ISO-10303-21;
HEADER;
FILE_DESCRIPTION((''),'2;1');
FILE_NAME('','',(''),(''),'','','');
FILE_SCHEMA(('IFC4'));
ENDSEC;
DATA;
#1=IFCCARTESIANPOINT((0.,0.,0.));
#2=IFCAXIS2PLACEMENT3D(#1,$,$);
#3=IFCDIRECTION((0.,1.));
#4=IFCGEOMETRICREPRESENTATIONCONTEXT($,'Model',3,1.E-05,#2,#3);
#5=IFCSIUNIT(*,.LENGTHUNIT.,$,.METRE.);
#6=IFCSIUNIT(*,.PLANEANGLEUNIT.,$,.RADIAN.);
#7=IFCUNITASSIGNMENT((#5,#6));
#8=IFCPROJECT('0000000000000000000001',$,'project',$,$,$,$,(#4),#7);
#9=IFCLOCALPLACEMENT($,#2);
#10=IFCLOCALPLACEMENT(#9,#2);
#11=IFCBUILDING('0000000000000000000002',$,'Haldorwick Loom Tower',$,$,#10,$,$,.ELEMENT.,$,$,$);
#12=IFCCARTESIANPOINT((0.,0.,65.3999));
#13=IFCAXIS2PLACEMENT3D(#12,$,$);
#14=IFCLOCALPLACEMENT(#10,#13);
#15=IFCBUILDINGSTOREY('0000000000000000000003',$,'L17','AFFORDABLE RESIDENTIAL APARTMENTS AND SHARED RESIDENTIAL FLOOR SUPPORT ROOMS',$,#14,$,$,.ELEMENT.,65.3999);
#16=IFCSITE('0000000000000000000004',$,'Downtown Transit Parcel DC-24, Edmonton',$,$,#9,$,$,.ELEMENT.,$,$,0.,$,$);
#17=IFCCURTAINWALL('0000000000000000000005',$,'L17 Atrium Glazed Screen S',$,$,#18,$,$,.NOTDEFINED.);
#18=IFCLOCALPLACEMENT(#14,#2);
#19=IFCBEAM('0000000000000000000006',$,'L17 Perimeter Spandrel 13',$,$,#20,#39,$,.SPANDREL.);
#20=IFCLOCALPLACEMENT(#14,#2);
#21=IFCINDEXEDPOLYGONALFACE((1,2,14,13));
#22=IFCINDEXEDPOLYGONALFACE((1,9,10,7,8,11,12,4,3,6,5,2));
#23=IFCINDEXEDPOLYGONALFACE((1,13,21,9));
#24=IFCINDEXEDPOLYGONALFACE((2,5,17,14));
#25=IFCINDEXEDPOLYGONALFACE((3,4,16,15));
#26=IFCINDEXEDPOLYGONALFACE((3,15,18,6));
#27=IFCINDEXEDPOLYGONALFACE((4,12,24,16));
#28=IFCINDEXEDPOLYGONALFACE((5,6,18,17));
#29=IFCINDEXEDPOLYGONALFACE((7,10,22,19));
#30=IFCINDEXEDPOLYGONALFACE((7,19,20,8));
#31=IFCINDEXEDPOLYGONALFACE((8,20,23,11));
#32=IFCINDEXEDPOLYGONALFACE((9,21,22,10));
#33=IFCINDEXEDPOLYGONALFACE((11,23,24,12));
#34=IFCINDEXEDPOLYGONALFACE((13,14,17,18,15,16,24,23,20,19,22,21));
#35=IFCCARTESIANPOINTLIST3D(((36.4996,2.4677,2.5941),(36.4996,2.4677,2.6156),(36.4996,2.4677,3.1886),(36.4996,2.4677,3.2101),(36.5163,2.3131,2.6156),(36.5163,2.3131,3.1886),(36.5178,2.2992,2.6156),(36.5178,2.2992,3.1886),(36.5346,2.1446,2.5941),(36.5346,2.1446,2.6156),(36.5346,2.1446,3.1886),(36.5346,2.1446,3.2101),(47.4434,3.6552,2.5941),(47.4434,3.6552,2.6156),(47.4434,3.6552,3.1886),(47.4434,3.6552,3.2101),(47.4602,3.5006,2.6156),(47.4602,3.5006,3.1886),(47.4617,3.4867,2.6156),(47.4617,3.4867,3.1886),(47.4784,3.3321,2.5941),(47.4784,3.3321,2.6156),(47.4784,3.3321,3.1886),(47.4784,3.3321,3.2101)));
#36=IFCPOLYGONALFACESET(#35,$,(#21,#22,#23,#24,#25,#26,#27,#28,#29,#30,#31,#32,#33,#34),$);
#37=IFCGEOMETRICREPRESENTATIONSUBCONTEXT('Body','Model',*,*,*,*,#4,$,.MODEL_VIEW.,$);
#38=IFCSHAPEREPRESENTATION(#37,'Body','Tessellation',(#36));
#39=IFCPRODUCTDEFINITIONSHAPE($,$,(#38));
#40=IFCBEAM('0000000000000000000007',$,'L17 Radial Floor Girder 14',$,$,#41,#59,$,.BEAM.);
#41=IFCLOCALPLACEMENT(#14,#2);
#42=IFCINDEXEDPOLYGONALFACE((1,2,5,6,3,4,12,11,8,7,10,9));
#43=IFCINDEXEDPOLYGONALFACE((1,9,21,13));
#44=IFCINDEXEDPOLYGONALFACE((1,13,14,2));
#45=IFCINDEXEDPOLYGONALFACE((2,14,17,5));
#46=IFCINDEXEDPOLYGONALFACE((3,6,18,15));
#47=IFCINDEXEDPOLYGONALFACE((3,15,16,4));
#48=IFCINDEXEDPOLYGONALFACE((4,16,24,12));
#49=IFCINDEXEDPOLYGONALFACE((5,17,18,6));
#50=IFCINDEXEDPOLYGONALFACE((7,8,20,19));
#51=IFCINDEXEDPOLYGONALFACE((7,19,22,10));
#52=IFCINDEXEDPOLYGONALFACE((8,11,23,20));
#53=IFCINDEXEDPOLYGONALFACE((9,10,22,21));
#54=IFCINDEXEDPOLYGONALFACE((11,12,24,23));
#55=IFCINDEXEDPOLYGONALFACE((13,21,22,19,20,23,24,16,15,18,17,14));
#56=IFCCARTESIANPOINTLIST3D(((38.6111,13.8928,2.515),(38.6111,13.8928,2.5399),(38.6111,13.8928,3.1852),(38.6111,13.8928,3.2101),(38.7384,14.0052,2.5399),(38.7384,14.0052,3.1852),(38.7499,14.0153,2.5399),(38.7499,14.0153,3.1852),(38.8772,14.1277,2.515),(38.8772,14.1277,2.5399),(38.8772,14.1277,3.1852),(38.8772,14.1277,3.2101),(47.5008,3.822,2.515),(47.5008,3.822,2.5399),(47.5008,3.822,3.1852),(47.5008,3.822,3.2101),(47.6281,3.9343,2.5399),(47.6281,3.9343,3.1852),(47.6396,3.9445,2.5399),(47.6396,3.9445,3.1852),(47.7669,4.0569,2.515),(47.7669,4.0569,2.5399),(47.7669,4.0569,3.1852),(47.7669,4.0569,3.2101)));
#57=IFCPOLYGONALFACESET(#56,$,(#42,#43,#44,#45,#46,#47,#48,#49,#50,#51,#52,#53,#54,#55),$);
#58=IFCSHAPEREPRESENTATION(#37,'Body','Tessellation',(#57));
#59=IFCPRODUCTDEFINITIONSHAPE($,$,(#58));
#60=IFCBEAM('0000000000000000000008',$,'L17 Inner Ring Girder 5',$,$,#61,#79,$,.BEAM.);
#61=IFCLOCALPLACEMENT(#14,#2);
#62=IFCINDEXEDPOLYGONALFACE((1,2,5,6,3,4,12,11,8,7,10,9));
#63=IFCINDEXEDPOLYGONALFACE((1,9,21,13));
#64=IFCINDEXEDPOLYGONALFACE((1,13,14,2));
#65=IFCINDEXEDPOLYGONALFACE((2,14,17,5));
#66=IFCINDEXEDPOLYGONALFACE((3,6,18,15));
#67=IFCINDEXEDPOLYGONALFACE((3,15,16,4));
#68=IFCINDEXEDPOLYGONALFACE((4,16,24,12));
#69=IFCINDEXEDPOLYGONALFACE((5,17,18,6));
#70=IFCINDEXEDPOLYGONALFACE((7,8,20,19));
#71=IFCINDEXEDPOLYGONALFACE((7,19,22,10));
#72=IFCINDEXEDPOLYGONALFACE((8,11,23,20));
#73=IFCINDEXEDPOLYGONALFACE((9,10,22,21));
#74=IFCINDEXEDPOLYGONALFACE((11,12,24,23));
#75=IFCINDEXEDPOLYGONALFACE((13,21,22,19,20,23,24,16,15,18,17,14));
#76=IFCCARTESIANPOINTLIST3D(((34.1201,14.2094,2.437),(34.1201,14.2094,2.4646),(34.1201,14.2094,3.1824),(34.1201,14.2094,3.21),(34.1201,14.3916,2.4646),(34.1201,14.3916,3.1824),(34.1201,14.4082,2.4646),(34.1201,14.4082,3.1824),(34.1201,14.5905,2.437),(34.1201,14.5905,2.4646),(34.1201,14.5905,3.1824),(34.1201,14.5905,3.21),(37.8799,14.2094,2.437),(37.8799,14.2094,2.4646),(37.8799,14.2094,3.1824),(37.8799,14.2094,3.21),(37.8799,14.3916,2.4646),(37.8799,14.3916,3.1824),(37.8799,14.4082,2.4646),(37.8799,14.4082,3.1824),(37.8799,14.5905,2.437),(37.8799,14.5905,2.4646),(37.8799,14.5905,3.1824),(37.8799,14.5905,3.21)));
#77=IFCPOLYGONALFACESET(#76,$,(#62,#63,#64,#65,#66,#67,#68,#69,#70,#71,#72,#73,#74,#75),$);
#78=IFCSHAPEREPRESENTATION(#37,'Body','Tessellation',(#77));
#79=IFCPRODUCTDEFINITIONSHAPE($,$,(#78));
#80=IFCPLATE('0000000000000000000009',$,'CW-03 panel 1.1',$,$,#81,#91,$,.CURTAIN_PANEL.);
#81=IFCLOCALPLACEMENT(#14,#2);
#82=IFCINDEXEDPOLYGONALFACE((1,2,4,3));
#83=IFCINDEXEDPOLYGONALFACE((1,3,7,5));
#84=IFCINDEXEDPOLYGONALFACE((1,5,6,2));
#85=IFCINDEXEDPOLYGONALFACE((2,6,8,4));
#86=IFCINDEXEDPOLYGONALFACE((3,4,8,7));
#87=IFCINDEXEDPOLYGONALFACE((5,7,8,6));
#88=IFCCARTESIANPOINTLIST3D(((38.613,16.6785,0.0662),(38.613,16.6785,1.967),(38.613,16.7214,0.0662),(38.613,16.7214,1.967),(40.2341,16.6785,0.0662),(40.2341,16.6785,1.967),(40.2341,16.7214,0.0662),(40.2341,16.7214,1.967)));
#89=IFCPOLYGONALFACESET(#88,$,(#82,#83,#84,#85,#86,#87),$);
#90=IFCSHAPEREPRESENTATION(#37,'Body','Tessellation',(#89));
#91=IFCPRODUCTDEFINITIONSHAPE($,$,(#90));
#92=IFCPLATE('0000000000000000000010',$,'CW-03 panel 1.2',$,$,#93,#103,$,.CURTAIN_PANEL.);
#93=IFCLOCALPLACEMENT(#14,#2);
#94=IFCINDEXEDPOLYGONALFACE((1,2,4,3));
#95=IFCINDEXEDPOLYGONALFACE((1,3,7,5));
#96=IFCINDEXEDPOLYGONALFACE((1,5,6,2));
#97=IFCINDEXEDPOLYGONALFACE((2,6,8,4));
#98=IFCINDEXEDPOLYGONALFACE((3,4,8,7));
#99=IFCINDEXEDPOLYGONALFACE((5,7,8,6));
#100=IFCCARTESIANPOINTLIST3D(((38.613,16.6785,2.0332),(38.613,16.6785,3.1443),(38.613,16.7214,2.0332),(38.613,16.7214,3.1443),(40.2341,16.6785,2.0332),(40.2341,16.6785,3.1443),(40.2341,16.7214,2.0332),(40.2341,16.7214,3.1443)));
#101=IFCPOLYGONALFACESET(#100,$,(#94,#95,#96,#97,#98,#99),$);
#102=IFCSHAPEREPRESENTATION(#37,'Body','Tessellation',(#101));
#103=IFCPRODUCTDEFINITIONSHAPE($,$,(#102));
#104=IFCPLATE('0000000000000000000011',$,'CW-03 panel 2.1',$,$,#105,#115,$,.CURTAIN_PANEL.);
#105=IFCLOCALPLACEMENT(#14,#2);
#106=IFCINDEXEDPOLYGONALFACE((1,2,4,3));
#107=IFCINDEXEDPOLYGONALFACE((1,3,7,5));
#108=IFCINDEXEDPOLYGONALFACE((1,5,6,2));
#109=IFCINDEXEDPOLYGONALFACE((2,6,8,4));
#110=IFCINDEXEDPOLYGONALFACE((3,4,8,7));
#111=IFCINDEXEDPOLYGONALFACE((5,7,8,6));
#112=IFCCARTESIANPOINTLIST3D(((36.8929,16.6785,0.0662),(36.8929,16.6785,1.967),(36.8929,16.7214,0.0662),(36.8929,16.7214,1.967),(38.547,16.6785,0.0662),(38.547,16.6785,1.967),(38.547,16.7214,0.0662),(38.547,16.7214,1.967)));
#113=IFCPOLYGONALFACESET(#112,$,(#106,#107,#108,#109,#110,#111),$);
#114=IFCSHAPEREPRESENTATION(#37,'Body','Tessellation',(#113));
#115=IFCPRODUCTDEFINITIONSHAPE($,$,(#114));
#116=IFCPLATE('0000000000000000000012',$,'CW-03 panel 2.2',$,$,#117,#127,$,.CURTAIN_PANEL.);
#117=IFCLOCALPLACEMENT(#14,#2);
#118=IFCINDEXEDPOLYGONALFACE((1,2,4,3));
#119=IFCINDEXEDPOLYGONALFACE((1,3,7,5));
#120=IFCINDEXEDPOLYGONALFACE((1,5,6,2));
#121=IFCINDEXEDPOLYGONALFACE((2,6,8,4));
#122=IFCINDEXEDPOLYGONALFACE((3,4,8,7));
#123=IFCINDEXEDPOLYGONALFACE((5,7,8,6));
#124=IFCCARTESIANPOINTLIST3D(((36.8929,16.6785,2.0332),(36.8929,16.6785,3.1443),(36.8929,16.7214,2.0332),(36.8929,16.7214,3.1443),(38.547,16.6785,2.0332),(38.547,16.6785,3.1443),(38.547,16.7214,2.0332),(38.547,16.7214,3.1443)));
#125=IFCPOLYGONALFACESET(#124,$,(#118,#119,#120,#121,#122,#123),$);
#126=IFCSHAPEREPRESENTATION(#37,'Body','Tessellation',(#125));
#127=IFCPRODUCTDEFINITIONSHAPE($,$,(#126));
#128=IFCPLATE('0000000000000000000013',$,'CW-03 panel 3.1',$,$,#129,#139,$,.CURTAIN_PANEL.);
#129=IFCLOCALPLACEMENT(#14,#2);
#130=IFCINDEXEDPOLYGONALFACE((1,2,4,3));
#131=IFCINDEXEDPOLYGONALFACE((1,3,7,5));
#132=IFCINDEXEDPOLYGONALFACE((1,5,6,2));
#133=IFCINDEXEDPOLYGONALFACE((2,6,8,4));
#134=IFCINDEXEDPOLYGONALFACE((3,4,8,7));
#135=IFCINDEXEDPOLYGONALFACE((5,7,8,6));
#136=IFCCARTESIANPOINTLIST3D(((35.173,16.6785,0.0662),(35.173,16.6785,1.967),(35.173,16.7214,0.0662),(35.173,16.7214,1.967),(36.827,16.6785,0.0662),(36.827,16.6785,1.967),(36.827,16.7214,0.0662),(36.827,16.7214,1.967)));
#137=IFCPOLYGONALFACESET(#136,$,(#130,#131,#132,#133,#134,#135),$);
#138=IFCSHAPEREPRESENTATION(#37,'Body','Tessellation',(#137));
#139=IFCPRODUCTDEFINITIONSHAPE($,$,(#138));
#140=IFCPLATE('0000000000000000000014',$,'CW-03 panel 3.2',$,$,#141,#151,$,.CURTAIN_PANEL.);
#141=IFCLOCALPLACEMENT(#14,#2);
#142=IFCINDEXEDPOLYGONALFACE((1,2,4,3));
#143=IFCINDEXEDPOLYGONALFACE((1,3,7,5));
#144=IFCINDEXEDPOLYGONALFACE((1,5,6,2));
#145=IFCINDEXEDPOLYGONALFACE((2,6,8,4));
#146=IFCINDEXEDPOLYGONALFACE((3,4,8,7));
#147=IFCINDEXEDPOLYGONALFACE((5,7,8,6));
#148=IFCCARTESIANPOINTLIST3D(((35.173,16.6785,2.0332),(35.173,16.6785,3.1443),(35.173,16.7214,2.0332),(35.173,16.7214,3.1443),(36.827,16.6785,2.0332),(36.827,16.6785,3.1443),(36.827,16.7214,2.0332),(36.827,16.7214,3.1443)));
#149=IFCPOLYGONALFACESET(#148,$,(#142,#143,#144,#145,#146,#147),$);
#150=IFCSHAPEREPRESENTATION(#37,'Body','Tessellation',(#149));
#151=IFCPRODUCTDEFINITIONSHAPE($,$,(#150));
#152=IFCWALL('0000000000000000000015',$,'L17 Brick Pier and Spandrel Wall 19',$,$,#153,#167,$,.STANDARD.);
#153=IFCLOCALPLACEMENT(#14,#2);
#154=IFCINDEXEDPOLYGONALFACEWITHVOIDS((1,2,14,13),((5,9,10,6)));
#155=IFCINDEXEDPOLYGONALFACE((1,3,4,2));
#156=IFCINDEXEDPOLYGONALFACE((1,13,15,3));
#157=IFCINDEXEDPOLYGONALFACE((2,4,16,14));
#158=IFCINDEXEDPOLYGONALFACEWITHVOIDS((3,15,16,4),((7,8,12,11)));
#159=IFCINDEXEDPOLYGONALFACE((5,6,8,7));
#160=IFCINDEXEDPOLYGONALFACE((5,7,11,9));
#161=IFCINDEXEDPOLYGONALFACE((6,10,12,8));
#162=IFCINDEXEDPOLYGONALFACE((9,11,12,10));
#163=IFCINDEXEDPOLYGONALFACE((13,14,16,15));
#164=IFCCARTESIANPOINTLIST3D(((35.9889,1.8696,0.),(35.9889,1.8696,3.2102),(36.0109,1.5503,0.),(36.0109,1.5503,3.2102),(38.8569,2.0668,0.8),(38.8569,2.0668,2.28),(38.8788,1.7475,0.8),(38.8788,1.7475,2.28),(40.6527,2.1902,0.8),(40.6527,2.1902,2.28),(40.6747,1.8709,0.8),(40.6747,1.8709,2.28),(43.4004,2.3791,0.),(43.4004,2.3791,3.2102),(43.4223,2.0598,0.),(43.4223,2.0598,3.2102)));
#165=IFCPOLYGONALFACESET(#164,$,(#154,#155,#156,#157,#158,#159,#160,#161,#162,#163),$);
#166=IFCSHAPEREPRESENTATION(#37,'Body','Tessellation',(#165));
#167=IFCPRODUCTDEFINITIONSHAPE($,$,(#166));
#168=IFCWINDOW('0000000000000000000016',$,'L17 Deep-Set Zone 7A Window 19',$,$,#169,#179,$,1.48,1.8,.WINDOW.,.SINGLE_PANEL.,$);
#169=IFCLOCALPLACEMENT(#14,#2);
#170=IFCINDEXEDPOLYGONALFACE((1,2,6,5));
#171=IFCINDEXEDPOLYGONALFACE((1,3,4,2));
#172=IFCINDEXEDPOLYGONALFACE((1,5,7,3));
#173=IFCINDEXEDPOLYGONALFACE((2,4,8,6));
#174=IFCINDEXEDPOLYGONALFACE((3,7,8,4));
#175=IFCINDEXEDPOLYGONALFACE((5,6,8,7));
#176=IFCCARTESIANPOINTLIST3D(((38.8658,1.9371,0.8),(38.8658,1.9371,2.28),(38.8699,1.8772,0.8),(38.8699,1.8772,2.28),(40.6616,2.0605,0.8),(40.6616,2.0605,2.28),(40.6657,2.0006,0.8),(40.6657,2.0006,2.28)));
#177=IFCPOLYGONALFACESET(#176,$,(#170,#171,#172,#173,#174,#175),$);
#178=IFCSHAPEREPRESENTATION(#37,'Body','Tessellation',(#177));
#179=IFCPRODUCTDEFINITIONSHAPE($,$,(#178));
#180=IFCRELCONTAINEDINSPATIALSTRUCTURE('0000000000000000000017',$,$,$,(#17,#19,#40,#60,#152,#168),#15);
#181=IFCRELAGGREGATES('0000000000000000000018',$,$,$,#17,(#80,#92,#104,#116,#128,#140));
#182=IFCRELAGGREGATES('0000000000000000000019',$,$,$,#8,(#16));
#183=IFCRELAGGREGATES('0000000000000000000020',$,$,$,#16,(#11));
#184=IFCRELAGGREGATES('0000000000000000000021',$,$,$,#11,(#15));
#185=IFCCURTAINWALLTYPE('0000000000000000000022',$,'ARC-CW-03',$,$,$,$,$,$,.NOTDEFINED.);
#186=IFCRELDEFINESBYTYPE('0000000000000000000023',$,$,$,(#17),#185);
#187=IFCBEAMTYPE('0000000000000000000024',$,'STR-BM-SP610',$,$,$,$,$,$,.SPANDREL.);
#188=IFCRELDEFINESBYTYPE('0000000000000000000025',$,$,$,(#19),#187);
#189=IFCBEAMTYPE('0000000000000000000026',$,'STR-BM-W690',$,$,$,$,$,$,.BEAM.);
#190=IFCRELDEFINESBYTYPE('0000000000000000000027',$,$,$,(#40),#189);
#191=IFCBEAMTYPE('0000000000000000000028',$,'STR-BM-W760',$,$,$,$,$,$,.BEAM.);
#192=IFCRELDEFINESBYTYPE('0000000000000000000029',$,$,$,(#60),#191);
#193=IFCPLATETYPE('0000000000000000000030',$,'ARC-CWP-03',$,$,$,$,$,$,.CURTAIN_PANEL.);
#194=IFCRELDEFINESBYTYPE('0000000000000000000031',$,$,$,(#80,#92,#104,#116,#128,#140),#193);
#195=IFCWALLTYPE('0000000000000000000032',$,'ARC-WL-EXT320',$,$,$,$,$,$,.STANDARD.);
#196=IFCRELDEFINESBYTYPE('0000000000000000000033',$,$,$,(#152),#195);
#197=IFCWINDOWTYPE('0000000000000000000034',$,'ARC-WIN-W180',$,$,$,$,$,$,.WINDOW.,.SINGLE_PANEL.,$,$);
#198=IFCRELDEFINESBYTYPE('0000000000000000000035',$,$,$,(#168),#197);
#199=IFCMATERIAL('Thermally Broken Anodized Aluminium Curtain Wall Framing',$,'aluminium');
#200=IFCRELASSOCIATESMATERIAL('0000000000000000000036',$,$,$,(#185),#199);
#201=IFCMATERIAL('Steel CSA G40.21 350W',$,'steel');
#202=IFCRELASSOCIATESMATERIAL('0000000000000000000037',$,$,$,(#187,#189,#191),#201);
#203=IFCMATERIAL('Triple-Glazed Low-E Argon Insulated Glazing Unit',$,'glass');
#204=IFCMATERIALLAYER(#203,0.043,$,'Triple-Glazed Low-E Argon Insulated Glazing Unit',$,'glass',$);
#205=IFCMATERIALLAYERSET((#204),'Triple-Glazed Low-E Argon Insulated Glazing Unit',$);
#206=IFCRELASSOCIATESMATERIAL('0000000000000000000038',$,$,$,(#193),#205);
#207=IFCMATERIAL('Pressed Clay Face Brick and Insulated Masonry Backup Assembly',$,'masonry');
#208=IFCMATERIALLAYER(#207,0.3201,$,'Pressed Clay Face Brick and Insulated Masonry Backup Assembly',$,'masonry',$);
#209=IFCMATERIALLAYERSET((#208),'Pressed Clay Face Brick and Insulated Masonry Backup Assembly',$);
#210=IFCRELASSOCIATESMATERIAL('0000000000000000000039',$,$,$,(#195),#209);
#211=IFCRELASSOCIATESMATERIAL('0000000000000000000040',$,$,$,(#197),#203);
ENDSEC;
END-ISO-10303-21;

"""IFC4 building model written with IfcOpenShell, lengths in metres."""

from ifc_helpers import new_model, si_unit, direction, frame, frame_2d, origin, origin_2d, place, context, subcontext, project, spatial, rectangle, i_section, extrude, material, layer, layer_set, material_profile, profile_set, type_object, element, fill, aggregate, save


model = new_model("IFC4")

# Units and contexts
model_context = context("Model", 3, precision=1e-05, world=origin(), true_north=direction((0.0, 1.0)))
body_context = subcontext(model_context, "Body", "Model", "MODEL_VIEW")
ifc_project = project(units=[si_unit("LENGTHUNIT", "METRE"), si_unit("PLANEANGLEUNIT", "RADIAN")], contexts=[model_context])

# Site, building, storey
site_placement = place(None, origin())
site = spatial("IfcSite", under=ifc_project, at=site_placement, Name="Downtown Transit Parcel DC-24, Edmonton", CompositionType="ELEMENT", RefElevation=0.0)
building_placement = place(site_placement, origin())
building = spatial("IfcBuilding", under=site, at=building_placement, Name="Haldorwick Loom Tower", CompositionType="ELEMENT")
storey_placement = place(building_placement, frame((0.0, 0.0, 65.3999)))
storey = spatial("IfcBuildingStorey", under=building, at=storey_placement, Name="L17", Description="AFFORDABLE RESIDENTIAL APARTMENTS AND SHARED RESIDENTIAL FLOOR SUPPORT ROOMS", CompositionType="ELEMENT", Elevation=65.3999)

# Curtain wall
ifc_material_1 = material(Name="Thermally Broken Anodized Aluminium Curtain Wall Framing", Category="aluminium")
curtain_wall_type = type_object("IfcCurtainWallType", Name="ARC-CW-03", PredefinedType="NOTDEFINED", material=ifc_material_1)
curtain_wall_placement = place(storey_placement, origin())
curtain_wall = element("IfcCurtainWall", 1, at=curtain_wall_placement, inside=storey, type_object=curtain_wall_type, Name="L17 Atrium Glazed Screen S", PredefinedType="NOTDEFINED")

# Beams
ifc_material_2 = material(Name="Steel CSA G40.21 350W", Category="steel")
ifc_material_profile_1 = material_profile(ifc_material_2, i_section(OverallWidth=0.325, OverallDepth=0.616, WebThickness=0.0139, FlangeThickness=0.0215, at=origin_2d()), Name="W610X174", Category="steel")
ifc_profile_set_1 = profile_set([ifc_material_profile_1], Name="Steel CSA G40.21 350W")
beam_type_1 = type_object("IfcBeamType", Name="STR-BM-SP610", PredefinedType="SPANDREL", material=ifc_profile_set_1)
beam_1_placement = place(storey_placement, frame((36.5171, 2.3062, 2.9021), z_axis=(0.994164, 0.107875, 0.0), x_axis=(-0.107875, 0.994164, 0.0)))
element("IfcBeam", 2, at=beam_1_placement, inside=storey, type_object=beam_type_1, Name="L17 Perimeter Spandrel 13", PredefinedType="SPANDREL", context=body_context, shape_type="SweptSolid", body=[
    extrude(i_section(OverallWidth=0.325, OverallDepth=0.616, WebThickness=0.0139, FlangeThickness=0.0215, at=origin_2d()), origin(), (0.0, 0.0, 1.0), 11.0081),
])
ifc_material_profile_2 = material_profile(ifc_material_2, i_section(OverallWidth=0.355, OverallDepth=0.6951, WebThickness=0.0154, FlangeThickness=0.0249, at=origin_2d()), Name="W690X217", Category="steel")
ifc_profile_set_2 = profile_set([ifc_material_profile_2], Name="Steel CSA G40.21 350W")
beam_type_2 = type_object("IfcBeamType", Name="STR-BM-W690", PredefinedType="BEAM", material=ifc_profile_set_2)
beam_2_placement = place(storey_placement, frame((38.7441, 14.0103, 2.8625), z_axis=(0.661774, -0.749703, 0.0), x_axis=(0.749703, 0.661774, 0.0)))
element("IfcBeam", 3, at=beam_2_placement, inside=storey, type_object=beam_type_2, Name="L17 Radial Floor Girder 14", PredefinedType="BEAM", context=body_context, shape_type="SweptSolid", body=[
    extrude(i_section(OverallWidth=0.355, OverallDepth=0.6951, WebThickness=0.0154, FlangeThickness=0.0249, at=origin_2d()), origin(), (0.0, 0.0, 1.0), 13.4331),
])
ifc_material_profile_3 = material_profile(ifc_material_2, i_section(OverallWidth=0.3811, OverallDepth=0.7729, WebThickness=0.0166, FlangeThickness=0.0276, at=origin_2d()), Name="W760X257", Category="steel")
ifc_profile_set_3 = profile_set([ifc_material_profile_3], Name="Steel CSA G40.21 350W")
beam_type_3 = type_object("IfcBeamType", Name="STR-BM-W760", PredefinedType="BEAM", material=ifc_profile_set_3)
beam_3_placement = place(storey_placement, frame((37.8799, 14.3999, 2.8235), z_axis=(-1.0, 0.0, 0.0), x_axis=(0.0, -1.0, 0.0)))
element("IfcBeam", 4, at=beam_3_placement, inside=storey, type_object=beam_type_3, Name="L17 Inner Ring Girder 5", PredefinedType="BEAM", context=body_context, shape_type="SweptSolid", body=[
    extrude(i_section(OverallWidth=0.3811, OverallDepth=0.7729, WebThickness=0.0166, FlangeThickness=0.0276, at=origin_2d()), origin(), (0.0, 0.0, 1.0), 3.7598),
])

# Plates
ifc_material_3 = material(Name="Triple-Glazed Low-E Argon Insulated Glazing Unit", Category="glass")
ifc_layer_1 = layer(ifc_material_3, 0.043, Name="Triple-Glazed Low-E Argon Insulated Glazing Unit", Category="glass")
ifc_layer_set_1 = layer_set([ifc_layer_1], Name="Triple-Glazed Low-E Argon Insulated Glazing Unit")
plate_type = type_object("IfcPlateType", Name="ARC-CWP-03", PredefinedType="CURTAIN_PANEL", material=ifc_layer_set_1)
plate_1_placement = place(storey_placement, frame((39.4236, 16.7, 0.0662), z_axis=(0.0, 0.0, 1.0), x_axis=(-1.0, 0.0, 0.0)))
plate_1 = element("IfcPlate", 5, at=plate_1_placement, type_object=plate_type, Name="CW-03 panel 1.1", PredefinedType="CURTAIN_PANEL", context=body_context, shape_type="SweptSolid", body=[
    extrude(rectangle(XDim=1.6211, YDim=0.043, at=origin_2d()), origin(), (0.0, 0.0, 1.0), 1.9009),
])
plate_2_placement = place(storey_placement, frame((39.4236, 16.7, 2.0332), z_axis=(0.0, 0.0, 1.0), x_axis=(-1.0, 0.0, 0.0)))
plate_2 = element("IfcPlate", 6, at=plate_2_placement, type_object=plate_type, Name="CW-03 panel 1.2", PredefinedType="CURTAIN_PANEL", context=body_context, shape_type="SweptSolid", body=[
    extrude(rectangle(XDim=1.6211, YDim=0.043, at=origin_2d()), origin(), (0.0, 0.0, 1.0), 1.1111),
])
plate_3_placement = place(storey_placement, frame((37.72, 16.7, 0.0662), z_axis=(0.0, 0.0, 1.0), x_axis=(-1.0, 0.0, 0.0)))
plate_3 = element("IfcPlate", 7, at=plate_3_placement, type_object=plate_type, Name="CW-03 panel 2.1", PredefinedType="CURTAIN_PANEL", context=body_context, shape_type="SweptSolid", body=[
    extrude(rectangle(XDim=1.6541, YDim=0.043, at=origin_2d()), origin(), (0.0, 0.0, 1.0), 1.9009),
])
plate_4_placement = place(storey_placement, frame((37.72, 16.7, 2.0332), z_axis=(0.0, 0.0, 1.0), x_axis=(-1.0, 0.0, 0.0)))
plate_4 = element("IfcPlate", 8, at=plate_4_placement, type_object=plate_type, Name="CW-03 panel 2.2", PredefinedType="CURTAIN_PANEL", context=body_context, shape_type="SweptSolid", body=[
    extrude(rectangle(XDim=1.6541, YDim=0.043, at=origin_2d()), origin(), (0.0, 0.0, 1.0), 1.1111),
])
plate_5_placement = place(storey_placement, frame((36.0, 16.7, 0.0662), z_axis=(0.0, 0.0, 1.0), x_axis=(-1.0, 0.0, 0.0)))
plate_5 = element("IfcPlate", 9, at=plate_5_placement, type_object=plate_type, Name="CW-03 panel 3.1", PredefinedType="CURTAIN_PANEL", context=body_context, shape_type="SweptSolid", body=[
    extrude(rectangle(XDim=1.6541, YDim=0.043, at=origin_2d()), origin(), (0.0, 0.0, 1.0), 1.9009),
])
plate_6_placement = place(storey_placement, frame((36.0, 16.7, 2.0332), z_axis=(0.0, 0.0, 1.0), x_axis=(-1.0, 0.0, 0.0)))
plate_6 = element("IfcPlate", 10, at=plate_6_placement, type_object=plate_type, Name="CW-03 panel 3.2", PredefinedType="CURTAIN_PANEL", context=body_context, shape_type="SweptSolid", body=[
    extrude(rectangle(XDim=1.6541, YDim=0.043, at=origin_2d()), origin(), (0.0, 0.0, 1.0), 1.1111),
])
aggregate(curtain_wall, [plate_1, plate_2, plate_3, plate_4, plate_5, plate_6])

# Wall, opening, window
ifc_material_4 = material(Name="Pressed Clay Face Brick and Insulated Masonry Backup Assembly", Category="masonry")
ifc_layer_2 = layer(ifc_material_4, 0.3201, Name="Pressed Clay Face Brick and Insulated Masonry Backup Assembly", Category="masonry")
ifc_layer_set_2 = layer_set([ifc_layer_2], Name="Pressed Clay Face Brick and Insulated Masonry Backup Assembly")
wall_type_1 = type_object("IfcWallType", Name="ARC-WL-EXT320", PredefinedType="STANDARD", material=ifc_layer_set_2)
wall_1_placement = place(storey_placement, frame((36.0, 1.71, 0.0), z_axis=(0.0, 0.0, 1.0), x_axis=(0.997645, 0.068587, 0.0)))
wall_1 = element("IfcWall", 11, at=wall_1_placement, inside=storey, type_object=wall_type_1, Name="L17 Brick Pier and Spandrel Wall 19", PredefinedType="STANDARD", context=body_context, shape_type="SweptSolid", body=[
    extrude(rectangle(XDim=7.429, YDim=0.3201, at=frame_2d((3.7144, 0.0))), origin(), (0.0, 0.0, 1.0), 3.2102),
])
opening_placement = place(wall_1_placement, frame((2.8748, 0.0, 0.8)))
opening = element("IfcOpeningElement", 12, at=opening_placement, cuts=wall_1, PredefinedType="OPENING", context=body_context, shape_type="SweptSolid", body=[
    extrude(rectangle(XDim=1.8, YDim=1.48, at=frame_2d((0.8999, 0.74))), frame((0.0, 0.1699, 0.0), z_axis=(0.0, -1.0, 0.0), x_axis=(1.0, 0.0, 0.0)), (0.0, 0.0, 1.0), 0.3401),
])
window_type = type_object("IfcWindowType", Name="ARC-WIN-W180", PartitioningType="SINGLE_PANEL", PredefinedType="WINDOW", material=ifc_material_3)
window_placement = place(opening_placement, origin())
window = element("IfcWindow", 13, at=window_placement, inside=storey, type_object=window_type, Name="L17 Deep-Set Zone 7A Window 19", OverallHeight=1.48, OverallWidth=1.8, PartitioningType="SINGLE_PANEL", PredefinedType="WINDOW", context=body_context, shape_type="SweptSolid", body=[
    extrude(rectangle(XDim=1.8, YDim=1.48, at=frame_2d((0.8999, 0.74))), frame((0.0, 0.03, 0.0), z_axis=(0.0, -1.0, 0.0), x_axis=(1.0, 0.0, 0.0)), (0.0, 0.0, 1.0), 0.0601),
])
fill(opening, window)

save(model, "model.ifc")
